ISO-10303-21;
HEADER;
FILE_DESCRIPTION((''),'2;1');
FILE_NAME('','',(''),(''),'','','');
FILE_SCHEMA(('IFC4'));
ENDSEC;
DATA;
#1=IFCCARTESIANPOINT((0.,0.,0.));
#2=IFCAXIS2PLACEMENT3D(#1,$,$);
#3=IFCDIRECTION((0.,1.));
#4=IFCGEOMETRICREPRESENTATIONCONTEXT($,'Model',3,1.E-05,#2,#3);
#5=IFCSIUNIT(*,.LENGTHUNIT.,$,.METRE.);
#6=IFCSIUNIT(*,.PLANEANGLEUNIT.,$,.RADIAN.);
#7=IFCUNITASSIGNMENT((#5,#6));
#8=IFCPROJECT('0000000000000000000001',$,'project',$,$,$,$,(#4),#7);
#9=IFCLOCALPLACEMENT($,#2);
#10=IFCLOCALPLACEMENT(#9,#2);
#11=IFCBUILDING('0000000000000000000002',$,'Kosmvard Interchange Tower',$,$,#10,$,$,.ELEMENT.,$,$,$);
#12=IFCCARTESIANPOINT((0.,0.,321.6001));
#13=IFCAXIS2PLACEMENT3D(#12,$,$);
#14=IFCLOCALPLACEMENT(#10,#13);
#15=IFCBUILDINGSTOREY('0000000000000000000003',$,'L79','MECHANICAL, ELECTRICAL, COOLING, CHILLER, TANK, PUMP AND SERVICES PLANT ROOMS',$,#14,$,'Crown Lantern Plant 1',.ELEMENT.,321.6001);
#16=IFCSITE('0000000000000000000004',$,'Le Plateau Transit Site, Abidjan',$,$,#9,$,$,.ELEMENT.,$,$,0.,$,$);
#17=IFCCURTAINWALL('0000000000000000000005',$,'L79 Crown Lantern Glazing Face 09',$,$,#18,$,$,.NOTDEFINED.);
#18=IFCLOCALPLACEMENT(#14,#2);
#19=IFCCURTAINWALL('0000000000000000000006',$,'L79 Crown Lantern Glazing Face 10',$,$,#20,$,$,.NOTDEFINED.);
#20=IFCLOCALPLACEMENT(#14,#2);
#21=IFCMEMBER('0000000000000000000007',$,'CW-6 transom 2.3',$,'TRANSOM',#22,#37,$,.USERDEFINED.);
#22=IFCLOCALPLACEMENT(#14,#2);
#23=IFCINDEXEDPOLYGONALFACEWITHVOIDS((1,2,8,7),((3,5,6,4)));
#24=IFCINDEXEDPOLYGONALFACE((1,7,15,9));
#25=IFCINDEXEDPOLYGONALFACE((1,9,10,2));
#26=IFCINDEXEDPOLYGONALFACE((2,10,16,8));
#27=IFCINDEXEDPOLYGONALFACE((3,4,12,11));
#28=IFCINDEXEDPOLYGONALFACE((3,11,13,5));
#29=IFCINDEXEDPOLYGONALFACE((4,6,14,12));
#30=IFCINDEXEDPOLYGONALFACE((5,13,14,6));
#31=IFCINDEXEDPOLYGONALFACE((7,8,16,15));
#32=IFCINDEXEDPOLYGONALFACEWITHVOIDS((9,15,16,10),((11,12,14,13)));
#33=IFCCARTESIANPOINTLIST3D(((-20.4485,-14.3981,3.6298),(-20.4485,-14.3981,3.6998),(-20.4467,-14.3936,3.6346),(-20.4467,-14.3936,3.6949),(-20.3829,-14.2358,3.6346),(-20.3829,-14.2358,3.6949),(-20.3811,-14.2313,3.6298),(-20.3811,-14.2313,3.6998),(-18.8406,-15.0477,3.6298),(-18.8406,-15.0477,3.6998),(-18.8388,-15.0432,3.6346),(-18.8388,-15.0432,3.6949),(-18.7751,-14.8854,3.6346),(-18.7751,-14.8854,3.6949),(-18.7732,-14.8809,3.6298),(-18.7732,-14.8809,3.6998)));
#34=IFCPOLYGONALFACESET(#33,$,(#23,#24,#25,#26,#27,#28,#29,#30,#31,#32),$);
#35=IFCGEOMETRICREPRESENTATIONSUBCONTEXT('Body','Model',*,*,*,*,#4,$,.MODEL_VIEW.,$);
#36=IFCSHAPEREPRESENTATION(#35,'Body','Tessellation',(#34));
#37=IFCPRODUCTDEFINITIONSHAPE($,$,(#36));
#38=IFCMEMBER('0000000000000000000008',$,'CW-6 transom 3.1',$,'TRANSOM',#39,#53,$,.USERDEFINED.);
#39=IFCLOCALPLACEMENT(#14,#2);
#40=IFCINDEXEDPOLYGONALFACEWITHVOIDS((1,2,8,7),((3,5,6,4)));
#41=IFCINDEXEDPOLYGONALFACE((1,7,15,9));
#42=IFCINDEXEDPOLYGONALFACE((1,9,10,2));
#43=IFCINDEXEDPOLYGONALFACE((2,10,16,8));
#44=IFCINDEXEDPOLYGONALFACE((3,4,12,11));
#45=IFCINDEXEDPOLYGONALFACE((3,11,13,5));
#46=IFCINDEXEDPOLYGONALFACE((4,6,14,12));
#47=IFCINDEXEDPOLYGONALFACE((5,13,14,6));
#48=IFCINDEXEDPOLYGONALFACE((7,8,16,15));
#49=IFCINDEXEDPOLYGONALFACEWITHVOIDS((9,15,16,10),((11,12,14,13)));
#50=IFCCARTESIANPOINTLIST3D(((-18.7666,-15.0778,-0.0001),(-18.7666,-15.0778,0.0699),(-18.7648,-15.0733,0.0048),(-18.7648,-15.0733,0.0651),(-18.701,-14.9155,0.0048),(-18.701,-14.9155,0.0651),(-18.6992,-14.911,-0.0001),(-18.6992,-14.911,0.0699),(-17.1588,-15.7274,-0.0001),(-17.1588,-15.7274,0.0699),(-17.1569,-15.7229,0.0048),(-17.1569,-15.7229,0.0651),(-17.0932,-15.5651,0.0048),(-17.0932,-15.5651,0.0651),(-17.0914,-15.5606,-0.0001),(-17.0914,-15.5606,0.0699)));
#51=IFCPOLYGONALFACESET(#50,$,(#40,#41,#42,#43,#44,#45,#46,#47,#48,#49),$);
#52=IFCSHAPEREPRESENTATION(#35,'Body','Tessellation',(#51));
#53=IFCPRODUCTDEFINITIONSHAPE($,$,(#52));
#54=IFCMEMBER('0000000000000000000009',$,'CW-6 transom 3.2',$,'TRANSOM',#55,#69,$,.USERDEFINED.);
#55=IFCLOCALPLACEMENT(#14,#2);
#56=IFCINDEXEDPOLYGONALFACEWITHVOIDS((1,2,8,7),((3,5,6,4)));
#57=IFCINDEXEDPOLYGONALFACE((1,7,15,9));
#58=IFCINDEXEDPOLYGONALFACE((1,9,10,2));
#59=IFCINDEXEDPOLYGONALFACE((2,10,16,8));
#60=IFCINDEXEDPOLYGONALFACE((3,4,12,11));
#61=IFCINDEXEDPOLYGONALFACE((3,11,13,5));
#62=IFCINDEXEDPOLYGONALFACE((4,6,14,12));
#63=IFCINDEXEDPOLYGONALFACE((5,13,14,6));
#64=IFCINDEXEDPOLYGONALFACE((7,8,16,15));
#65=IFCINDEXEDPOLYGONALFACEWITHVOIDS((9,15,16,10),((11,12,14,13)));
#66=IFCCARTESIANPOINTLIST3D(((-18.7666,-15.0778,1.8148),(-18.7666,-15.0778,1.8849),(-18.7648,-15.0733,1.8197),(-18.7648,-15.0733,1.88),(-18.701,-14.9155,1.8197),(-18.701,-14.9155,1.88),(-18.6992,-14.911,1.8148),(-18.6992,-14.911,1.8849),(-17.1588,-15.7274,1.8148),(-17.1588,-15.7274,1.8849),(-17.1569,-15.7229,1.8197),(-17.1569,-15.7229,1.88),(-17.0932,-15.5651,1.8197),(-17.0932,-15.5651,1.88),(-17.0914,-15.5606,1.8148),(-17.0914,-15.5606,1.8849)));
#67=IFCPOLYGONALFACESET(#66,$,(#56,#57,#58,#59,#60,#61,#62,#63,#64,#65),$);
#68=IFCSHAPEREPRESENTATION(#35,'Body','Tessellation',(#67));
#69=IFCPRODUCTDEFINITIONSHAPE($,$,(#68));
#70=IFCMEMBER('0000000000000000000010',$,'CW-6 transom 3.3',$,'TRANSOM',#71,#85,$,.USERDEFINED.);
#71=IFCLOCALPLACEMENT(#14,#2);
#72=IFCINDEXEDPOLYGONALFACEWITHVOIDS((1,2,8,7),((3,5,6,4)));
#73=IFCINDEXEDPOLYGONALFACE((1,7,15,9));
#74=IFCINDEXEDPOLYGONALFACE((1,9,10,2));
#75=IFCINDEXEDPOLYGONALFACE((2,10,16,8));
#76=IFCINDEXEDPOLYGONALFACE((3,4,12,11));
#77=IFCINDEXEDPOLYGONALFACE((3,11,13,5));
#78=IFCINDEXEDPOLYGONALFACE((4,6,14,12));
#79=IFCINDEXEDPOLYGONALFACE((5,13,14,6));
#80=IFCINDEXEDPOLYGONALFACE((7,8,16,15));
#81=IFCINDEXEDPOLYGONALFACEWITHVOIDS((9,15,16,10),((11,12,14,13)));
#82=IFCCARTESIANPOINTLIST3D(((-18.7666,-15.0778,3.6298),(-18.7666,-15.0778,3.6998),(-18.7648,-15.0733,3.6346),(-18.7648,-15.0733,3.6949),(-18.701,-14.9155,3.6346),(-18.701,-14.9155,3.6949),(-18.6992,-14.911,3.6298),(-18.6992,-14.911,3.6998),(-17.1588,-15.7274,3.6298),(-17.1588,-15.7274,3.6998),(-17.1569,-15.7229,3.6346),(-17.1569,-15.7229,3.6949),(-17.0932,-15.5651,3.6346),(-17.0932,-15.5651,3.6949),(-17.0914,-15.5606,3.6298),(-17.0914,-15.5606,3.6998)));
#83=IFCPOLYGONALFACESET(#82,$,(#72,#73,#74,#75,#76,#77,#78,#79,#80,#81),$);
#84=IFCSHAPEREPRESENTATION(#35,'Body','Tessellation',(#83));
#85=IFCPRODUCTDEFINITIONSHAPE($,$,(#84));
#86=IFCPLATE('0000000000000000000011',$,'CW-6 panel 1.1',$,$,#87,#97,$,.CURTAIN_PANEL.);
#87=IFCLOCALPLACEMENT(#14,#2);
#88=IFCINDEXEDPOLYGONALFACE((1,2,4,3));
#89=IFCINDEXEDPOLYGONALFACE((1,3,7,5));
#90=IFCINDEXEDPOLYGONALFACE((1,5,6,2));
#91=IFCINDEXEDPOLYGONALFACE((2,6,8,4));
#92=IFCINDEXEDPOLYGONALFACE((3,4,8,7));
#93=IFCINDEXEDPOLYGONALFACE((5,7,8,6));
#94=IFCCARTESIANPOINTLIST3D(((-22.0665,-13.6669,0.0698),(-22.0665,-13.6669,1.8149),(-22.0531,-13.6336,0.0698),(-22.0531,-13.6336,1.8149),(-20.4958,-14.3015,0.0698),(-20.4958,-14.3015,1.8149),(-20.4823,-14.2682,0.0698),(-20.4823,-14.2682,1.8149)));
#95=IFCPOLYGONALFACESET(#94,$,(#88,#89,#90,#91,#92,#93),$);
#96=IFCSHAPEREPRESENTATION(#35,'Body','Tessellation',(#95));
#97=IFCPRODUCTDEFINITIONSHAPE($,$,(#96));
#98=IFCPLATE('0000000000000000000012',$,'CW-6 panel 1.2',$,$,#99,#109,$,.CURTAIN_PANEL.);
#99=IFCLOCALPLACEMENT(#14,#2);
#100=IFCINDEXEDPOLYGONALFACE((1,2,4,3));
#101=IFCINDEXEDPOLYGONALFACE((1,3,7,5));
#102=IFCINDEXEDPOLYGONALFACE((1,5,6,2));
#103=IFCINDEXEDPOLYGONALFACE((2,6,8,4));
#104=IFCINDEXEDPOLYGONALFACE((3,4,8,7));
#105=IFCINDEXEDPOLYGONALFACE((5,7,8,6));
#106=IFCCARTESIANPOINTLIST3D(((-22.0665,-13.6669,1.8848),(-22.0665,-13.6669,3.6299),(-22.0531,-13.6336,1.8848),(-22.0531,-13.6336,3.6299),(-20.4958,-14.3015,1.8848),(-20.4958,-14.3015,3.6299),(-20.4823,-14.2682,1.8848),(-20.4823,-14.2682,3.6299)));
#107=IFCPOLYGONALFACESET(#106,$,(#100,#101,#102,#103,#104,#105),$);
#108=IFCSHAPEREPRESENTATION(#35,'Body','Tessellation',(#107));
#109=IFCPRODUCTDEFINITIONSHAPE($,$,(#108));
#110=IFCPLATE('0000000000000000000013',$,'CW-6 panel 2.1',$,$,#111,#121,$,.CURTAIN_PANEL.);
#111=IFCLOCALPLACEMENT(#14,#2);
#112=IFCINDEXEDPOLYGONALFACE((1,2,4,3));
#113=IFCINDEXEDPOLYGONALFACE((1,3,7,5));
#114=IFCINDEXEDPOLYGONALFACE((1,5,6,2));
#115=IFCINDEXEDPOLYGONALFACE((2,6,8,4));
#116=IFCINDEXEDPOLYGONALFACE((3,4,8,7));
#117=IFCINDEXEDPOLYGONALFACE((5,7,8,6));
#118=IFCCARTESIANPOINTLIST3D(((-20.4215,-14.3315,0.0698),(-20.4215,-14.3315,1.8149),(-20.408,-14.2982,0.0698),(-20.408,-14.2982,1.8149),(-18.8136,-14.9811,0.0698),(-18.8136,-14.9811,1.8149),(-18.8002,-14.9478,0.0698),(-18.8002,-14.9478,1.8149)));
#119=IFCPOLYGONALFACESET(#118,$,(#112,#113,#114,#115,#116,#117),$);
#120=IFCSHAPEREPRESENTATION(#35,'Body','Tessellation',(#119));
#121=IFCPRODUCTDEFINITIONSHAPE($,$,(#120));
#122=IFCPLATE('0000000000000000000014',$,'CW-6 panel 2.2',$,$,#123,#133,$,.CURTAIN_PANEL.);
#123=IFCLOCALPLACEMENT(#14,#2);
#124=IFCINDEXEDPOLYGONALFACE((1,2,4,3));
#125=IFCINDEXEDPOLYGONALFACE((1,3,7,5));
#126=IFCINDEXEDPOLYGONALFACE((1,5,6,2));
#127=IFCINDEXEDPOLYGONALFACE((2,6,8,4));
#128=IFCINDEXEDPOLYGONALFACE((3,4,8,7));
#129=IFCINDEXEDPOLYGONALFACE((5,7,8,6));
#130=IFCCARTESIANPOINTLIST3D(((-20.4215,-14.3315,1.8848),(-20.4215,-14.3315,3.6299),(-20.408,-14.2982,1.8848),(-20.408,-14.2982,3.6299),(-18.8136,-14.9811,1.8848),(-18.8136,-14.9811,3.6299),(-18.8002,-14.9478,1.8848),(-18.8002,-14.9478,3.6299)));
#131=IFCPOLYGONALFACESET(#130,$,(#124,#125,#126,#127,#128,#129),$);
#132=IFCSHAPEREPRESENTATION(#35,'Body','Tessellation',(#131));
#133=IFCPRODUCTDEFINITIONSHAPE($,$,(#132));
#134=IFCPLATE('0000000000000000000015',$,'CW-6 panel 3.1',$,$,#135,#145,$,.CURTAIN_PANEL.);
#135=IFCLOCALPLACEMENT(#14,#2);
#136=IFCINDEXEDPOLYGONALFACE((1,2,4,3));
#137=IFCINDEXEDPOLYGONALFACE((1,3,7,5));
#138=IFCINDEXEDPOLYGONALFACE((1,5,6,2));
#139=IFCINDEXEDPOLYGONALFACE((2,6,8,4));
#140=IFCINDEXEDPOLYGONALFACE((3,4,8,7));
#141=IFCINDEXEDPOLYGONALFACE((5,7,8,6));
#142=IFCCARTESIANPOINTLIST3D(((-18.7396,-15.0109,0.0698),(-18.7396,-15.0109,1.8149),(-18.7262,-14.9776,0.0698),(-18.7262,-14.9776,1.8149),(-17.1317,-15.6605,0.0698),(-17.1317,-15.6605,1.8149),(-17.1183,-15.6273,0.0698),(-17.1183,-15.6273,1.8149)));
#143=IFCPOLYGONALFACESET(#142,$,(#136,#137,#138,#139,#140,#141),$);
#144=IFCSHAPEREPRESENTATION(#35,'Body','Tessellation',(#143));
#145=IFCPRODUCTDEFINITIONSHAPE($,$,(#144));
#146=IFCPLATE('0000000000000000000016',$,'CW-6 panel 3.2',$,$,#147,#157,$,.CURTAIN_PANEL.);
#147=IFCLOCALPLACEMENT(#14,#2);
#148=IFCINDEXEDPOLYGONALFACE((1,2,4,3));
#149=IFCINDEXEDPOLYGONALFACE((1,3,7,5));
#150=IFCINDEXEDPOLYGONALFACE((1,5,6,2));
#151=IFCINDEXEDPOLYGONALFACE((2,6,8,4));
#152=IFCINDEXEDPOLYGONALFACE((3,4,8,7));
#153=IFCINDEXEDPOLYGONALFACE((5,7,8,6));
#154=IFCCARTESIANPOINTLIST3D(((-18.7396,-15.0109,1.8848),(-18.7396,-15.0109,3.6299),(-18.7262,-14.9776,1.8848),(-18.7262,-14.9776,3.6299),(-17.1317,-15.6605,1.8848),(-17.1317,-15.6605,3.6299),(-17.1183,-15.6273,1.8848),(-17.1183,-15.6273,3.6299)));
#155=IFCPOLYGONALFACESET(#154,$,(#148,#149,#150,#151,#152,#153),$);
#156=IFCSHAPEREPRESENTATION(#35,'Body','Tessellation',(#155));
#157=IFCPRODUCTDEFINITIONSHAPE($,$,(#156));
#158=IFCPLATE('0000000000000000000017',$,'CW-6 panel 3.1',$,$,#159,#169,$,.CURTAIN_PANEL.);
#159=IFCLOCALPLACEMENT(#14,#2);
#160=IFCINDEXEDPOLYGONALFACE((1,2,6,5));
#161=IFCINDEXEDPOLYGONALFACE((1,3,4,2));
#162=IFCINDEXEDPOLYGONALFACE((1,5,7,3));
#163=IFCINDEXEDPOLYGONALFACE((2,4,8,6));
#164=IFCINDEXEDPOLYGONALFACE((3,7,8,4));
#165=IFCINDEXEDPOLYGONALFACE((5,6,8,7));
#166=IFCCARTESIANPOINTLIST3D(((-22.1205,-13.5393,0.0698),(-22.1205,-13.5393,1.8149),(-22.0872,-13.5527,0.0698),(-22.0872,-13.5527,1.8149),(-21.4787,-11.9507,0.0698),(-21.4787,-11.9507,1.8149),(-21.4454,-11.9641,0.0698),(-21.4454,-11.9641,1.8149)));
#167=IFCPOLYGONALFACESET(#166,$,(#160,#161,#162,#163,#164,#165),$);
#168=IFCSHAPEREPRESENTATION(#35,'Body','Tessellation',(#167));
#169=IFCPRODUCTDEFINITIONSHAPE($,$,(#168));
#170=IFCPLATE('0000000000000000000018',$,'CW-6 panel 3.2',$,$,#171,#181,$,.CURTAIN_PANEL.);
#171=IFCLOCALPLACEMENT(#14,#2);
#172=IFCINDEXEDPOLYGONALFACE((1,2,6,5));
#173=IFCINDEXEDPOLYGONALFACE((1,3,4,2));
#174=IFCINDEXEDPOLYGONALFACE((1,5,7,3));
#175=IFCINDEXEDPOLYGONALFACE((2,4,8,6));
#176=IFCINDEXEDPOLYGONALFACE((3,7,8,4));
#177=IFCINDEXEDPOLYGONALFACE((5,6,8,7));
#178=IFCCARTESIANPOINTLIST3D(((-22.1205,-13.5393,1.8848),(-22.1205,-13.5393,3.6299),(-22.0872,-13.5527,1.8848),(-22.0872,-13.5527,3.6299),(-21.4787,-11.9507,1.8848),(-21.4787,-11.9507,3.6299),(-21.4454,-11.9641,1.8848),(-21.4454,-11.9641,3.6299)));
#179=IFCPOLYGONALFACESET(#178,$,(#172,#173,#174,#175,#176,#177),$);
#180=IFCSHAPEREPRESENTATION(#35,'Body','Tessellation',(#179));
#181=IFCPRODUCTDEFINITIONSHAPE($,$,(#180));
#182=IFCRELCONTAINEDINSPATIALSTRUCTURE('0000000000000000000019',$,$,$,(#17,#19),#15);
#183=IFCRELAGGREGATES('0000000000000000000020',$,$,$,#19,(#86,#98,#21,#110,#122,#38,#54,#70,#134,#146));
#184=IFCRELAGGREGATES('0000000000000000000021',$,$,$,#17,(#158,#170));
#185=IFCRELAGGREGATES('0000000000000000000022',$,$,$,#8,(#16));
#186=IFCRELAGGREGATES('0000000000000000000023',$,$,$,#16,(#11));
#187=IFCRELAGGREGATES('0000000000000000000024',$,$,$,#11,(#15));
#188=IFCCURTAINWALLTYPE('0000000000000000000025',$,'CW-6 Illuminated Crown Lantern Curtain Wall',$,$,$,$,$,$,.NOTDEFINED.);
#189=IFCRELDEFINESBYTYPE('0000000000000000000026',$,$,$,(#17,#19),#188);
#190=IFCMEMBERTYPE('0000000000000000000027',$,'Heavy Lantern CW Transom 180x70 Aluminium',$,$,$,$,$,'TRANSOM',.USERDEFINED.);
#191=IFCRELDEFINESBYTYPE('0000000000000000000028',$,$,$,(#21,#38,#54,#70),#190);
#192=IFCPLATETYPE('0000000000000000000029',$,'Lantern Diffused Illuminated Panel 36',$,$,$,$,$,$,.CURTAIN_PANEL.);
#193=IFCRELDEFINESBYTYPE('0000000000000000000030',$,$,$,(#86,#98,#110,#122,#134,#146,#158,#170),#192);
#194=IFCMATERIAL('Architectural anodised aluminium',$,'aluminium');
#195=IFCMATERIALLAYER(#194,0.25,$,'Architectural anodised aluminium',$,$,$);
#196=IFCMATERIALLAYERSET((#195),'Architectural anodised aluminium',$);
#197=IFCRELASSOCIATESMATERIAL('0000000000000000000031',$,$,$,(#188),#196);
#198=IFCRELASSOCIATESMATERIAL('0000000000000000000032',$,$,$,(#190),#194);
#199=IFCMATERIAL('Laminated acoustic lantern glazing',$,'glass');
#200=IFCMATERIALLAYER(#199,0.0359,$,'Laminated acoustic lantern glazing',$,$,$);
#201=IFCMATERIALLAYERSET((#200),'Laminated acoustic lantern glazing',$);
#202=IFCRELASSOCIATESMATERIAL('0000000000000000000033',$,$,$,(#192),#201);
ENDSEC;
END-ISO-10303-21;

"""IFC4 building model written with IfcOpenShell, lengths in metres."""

from ifc_helpers import new_model, si_unit, direction, frame, origin, origin_2d, place, context, subcontext, project, spatial, rectangle, hollow_rectangle, extrude, source, transform, mapped, material, layer, layer_set, material_profile, profile_set, type_object, element, aggregate, save


model = new_model("IFC4")

# Units and contexts
model_context = context("Model", 3, precision=1e-05, world=origin(), true_north=direction((0.0, 1.0)))
body_context = subcontext(model_context, "Body", "Model", "MODEL_VIEW")
ifc_project = project(units=[si_unit("LENGTHUNIT", "METRE"), si_unit("PLANEANGLEUNIT", "RADIAN")], contexts=[model_context])

# Site, building, storey
site_placement = place(None, origin())
site = spatial("IfcSite", under=ifc_project, at=site_placement, Name="Le Plateau Transit Site, Abidjan", CompositionType="ELEMENT", RefElevation=0.0)
building_placement = place(site_placement, origin())
building = spatial("IfcBuilding", under=site, at=building_placement, Name="Kosmvard Interchange Tower", CompositionType="ELEMENT")
storey_placement = place(building_placement, frame((0.0, 0.0, 321.6001)))
storey = spatial("IfcBuildingStorey", under=building, at=storey_placement, Name="L79", Description="MECHANICAL, ELECTRICAL, COOLING, CHILLER, TANK, PUMP AND SERVICES PLANT ROOMS", LongName="Crown Lantern Plant 1", CompositionType="ELEMENT", Elevation=321.6001)

# Curtain wall
ifc_material_1 = material(Name="Architectural anodised aluminium", Category="aluminium")
ifc_layer_1 = layer(ifc_material_1, 0.25, Name="Architectural anodised aluminium")
ifc_layer_set_1 = layer_set([ifc_layer_1], Name="Architectural anodised aluminium")
curtain_wall_type = type_object("IfcCurtainWallType", Name="CW-6 Illuminated Crown Lantern Curtain Wall", PredefinedType="NOTDEFINED", material=ifc_layer_set_1)
curtain_wall_1_placement = place(storey_placement, origin())
curtain_wall_1 = element("IfcCurtainWall", 1, at=curtain_wall_1_placement, inside=storey, type_object=curtain_wall_type, Name="L79 Crown Lantern Glazing Face 09", PredefinedType="NOTDEFINED")

# Curtain wall, members, plates
curtain_wall_2_placement = place(storey_placement, origin())
curtain_wall_2 = element("IfcCurtainWall", 2, at=curtain_wall_2_placement, inside=storey, type_object=curtain_wall_type, Name="L79 Crown Lantern Glazing Face 10", PredefinedType="NOTDEFINED")
ifc_material_profile_1 = material_profile(ifc_material_1, hollow_rectangle(XDim=0.1799, YDim=0.0701, WallThickness=0.0049, at=origin_2d()), Name="CWT 180x70x5")
ifc_profile_set_1 = profile_set([ifc_material_profile_1], Name="Architectural anodised aluminium")
member_type_1 = type_object("IfcMemberType", Name="Heavy Lantern CW Transom 180x70 Aluminium", ElementType="TRANSOM", PredefinedType="USERDEFINED", material=ifc_profile_set_1)
shared_shape_1 = source(origin(), body_context, "Body", "SweptSolid", [
    extrude(hollow_rectangle(XDim=0.1799, YDim=0.0701, WallThickness=0.0049, at=origin_2d()), origin(), (0.0, 0.0, 1.0), 1.7341),
])
member_1_placement = place(storey_placement, frame((-20.4148, -14.3147, 3.6648), z_axis=(0.92718, -0.374617, 0.0), x_axis=(0.374617, 0.92718, 0.0)))
member_1 = element("IfcMember", 3, at=member_1_placement, type_object=member_type_1, Name="CW-6 transom 2.3", ObjectType="TRANSOM", PredefinedType="USERDEFINED", context=body_context, shape_type="MappedRepresentation", body=[
    mapped(shared_shape_1, transform((0.0, 0.0, 0.0), scale=1.0)),
])
member_2_placement = place(storey_placement, frame((-18.7329, -14.9944, 0.0349), z_axis=(0.92718, -0.374617, 0.0), x_axis=(0.374617, 0.92718, 0.0)))
member_2 = element("IfcMember", 4, at=member_2_placement, type_object=member_type_1, Name="CW-6 transom 3.1", ObjectType="TRANSOM", PredefinedType="USERDEFINED", context=body_context, shape_type="MappedRepresentation", body=[
    mapped(shared_shape_1, transform((0.0, 0.0, 0.0), scale=1.0)),
])
member_3_placement = place(storey_placement, frame((-18.7329, -14.9944, 1.8499), z_axis=(0.92718, -0.374617, 0.0), x_axis=(0.374617, 0.92718, 0.0)))
member_3 = element("IfcMember", 5, at=member_3_placement, type_object=member_type_1, Name="CW-6 transom 3.2", ObjectType="TRANSOM", PredefinedType="USERDEFINED", context=body_context, shape_type="MappedRepresentation", body=[
    mapped(shared_shape_1, transform((0.0, 0.0, 0.0), scale=1.0)),
])
member_4_placement = place(storey_placement, frame((-18.7329, -14.9944, 3.6648), z_axis=(0.92718, -0.374617, 0.0), x_axis=(0.374617, 0.92718, 0.0)))
member_4 = element("IfcMember", 6, at=member_4_placement, type_object=member_type_1, Name="CW-6 transom 3.3", ObjectType="TRANSOM", PredefinedType="USERDEFINED", context=body_context, shape_type="MappedRepresentation", body=[
    mapped(shared_shape_1, transform((0.0, 0.0, 0.0), scale=1.0)),
])
ifc_material_2 = material(Name="Laminated acoustic lantern glazing", Category="glass")
ifc_layer_2 = layer(ifc_material_2, 0.0359, Name="Laminated acoustic lantern glazing")
ifc_layer_set_2 = layer_set([ifc_layer_2], Name="Laminated acoustic lantern glazing")
plate_type = type_object("IfcPlateType", Name="Lantern Diffused Illuminated Panel 36", PredefinedType="CURTAIN_PANEL", material=ifc_layer_set_2)
shared_shape_2 = source(origin(), body_context, "Body", "SweptSolid", [
    extrude(rectangle(XDim=1.6941, YDim=0.0359, at=origin_2d()), origin(), (0.0, 0.0, 1.0), 1.7451),
])
plate_1_placement = place(storey_placement, frame((-21.2744, -13.9675, 0.0698), z_axis=(0.0, 0.0, 1.0), x_axis=(0.927184, -0.374607, 0.0)))
plate_1 = element("IfcPlate", 7, at=plate_1_placement, type_object=plate_type, Name="CW-6 panel 1.1", PredefinedType="CURTAIN_PANEL", context=body_context, shape_type="MappedRepresentation", body=[
    mapped(shared_shape_2, transform((0.0, 0.0, 0.0), scale=1.0)),
])
plate_2_placement = place(storey_placement, frame((-21.2744, -13.9675, 1.8848), z_axis=(0.0, 0.0, 1.0), x_axis=(0.927184, -0.374607, 0.0)))
plate_2 = element("IfcPlate", 8, at=plate_2_placement, type_object=plate_type, Name="CW-6 panel 1.2", PredefinedType="CURTAIN_PANEL", context=body_context, shape_type="MappedRepresentation", body=[
    mapped(shared_shape_2, transform((0.0, 0.0, 0.0), scale=1.0)),
])
shared_shape_3 = source(origin(), body_context, "Body", "SweptSolid", [
    extrude(rectangle(XDim=1.7341, YDim=0.0359, at=origin_2d()), origin(), (0.0, 0.0, 1.0), 1.7451),
])
plate_3_placement = place(storey_placement, frame((-19.6108, -14.6396, 0.0698), z_axis=(0.0, 0.0, 1.0), x_axis=(0.927184, -0.374607, 0.0)))
plate_3 = element("IfcPlate", 9, at=plate_3_placement, type_object=plate_type, Name="CW-6 panel 2.1", PredefinedType="CURTAIN_PANEL", context=body_context, shape_type="MappedRepresentation", body=[
    mapped(shared_shape_3, transform((0.0, 0.0, 0.0), scale=1.0)),
])
plate_4_placement = place(storey_placement, frame((-19.6108, -14.6396, 1.8848), z_axis=(0.0, 0.0, 1.0), x_axis=(0.927184, -0.374607, 0.0)))
plate_4 = element("IfcPlate", 10, at=plate_4_placement, type_object=plate_type, Name="CW-6 panel 2.2", PredefinedType="CURTAIN_PANEL", context=body_context, shape_type="MappedRepresentation", body=[
    mapped(shared_shape_3, transform((0.0, 0.0, 0.0), scale=1.0)),
])
plate_5_placement = place(storey_placement, frame((-17.929, -15.3191, 0.0698), z_axis=(0.0, 0.0, 1.0), x_axis=(0.927184, -0.374607, 0.0)))
plate_5 = element("IfcPlate", 11, at=plate_5_placement, type_object=plate_type, Name="CW-6 panel 3.1", PredefinedType="CURTAIN_PANEL", context=body_context, shape_type="MappedRepresentation", body=[
    mapped(shared_shape_3, transform((0.0, 0.0, 0.0), scale=1.0)),
])
plate_6_placement = place(storey_placement, frame((-17.929, -15.3191, 1.8848), z_axis=(0.0, 0.0, 1.0), x_axis=(0.927184, -0.374607, 0.0)))
plate_6 = element("IfcPlate", 12, at=plate_6_placement, type_object=plate_type, Name="CW-6 panel 3.2", PredefinedType="CURTAIN_PANEL", context=body_context, shape_type="MappedRepresentation", body=[
    mapped(shared_shape_3, transform((0.0, 0.0, 0.0), scale=1.0)),
])
aggregate(curtain_wall_2, [plate_1, plate_2, member_1, plate_3, plate_4, member_2, member_3, member_4, plate_5, plate_6])

# Plates
shared_shape_4 = source(origin(), body_context, "Body", "SweptSolid", [
    extrude(rectangle(XDim=1.7134, YDim=0.0359, at=origin_2d()), origin(), (0.0, 0.0, 1.0), 1.7451),
])
plate_7_placement = place(storey_placement, frame((-21.783, -12.7517, 0.0698), z_axis=(0.0, 0.0, 1.0), x_axis=(-0.374607, -0.927184, 0.0)))
plate_7 = element("IfcPlate", 13, at=plate_7_placement, type_object=plate_type, Name="CW-6 panel 3.1", PredefinedType="CURTAIN_PANEL", context=body_context, shape_type="MappedRepresentation", body=[
    mapped(shared_shape_4, transform((0.0, 0.0, 0.0), scale=1.0)),
])
plate_8_placement = place(storey_placement, frame((-21.783, -12.7517, 1.8848), z_axis=(0.0, 0.0, 1.0), x_axis=(-0.374607, -0.927184, 0.0)))
plate_8 = element("IfcPlate", 14, at=plate_8_placement, type_object=plate_type, Name="CW-6 panel 3.2", PredefinedType="CURTAIN_PANEL", context=body_context, shape_type="MappedRepresentation", body=[
    mapped(shared_shape_4, transform((0.0, 0.0, 0.0), scale=1.0)),
])
aggregate(curtain_wall_1, [plate_7, plate_8])

save(model, "model.ifc")
